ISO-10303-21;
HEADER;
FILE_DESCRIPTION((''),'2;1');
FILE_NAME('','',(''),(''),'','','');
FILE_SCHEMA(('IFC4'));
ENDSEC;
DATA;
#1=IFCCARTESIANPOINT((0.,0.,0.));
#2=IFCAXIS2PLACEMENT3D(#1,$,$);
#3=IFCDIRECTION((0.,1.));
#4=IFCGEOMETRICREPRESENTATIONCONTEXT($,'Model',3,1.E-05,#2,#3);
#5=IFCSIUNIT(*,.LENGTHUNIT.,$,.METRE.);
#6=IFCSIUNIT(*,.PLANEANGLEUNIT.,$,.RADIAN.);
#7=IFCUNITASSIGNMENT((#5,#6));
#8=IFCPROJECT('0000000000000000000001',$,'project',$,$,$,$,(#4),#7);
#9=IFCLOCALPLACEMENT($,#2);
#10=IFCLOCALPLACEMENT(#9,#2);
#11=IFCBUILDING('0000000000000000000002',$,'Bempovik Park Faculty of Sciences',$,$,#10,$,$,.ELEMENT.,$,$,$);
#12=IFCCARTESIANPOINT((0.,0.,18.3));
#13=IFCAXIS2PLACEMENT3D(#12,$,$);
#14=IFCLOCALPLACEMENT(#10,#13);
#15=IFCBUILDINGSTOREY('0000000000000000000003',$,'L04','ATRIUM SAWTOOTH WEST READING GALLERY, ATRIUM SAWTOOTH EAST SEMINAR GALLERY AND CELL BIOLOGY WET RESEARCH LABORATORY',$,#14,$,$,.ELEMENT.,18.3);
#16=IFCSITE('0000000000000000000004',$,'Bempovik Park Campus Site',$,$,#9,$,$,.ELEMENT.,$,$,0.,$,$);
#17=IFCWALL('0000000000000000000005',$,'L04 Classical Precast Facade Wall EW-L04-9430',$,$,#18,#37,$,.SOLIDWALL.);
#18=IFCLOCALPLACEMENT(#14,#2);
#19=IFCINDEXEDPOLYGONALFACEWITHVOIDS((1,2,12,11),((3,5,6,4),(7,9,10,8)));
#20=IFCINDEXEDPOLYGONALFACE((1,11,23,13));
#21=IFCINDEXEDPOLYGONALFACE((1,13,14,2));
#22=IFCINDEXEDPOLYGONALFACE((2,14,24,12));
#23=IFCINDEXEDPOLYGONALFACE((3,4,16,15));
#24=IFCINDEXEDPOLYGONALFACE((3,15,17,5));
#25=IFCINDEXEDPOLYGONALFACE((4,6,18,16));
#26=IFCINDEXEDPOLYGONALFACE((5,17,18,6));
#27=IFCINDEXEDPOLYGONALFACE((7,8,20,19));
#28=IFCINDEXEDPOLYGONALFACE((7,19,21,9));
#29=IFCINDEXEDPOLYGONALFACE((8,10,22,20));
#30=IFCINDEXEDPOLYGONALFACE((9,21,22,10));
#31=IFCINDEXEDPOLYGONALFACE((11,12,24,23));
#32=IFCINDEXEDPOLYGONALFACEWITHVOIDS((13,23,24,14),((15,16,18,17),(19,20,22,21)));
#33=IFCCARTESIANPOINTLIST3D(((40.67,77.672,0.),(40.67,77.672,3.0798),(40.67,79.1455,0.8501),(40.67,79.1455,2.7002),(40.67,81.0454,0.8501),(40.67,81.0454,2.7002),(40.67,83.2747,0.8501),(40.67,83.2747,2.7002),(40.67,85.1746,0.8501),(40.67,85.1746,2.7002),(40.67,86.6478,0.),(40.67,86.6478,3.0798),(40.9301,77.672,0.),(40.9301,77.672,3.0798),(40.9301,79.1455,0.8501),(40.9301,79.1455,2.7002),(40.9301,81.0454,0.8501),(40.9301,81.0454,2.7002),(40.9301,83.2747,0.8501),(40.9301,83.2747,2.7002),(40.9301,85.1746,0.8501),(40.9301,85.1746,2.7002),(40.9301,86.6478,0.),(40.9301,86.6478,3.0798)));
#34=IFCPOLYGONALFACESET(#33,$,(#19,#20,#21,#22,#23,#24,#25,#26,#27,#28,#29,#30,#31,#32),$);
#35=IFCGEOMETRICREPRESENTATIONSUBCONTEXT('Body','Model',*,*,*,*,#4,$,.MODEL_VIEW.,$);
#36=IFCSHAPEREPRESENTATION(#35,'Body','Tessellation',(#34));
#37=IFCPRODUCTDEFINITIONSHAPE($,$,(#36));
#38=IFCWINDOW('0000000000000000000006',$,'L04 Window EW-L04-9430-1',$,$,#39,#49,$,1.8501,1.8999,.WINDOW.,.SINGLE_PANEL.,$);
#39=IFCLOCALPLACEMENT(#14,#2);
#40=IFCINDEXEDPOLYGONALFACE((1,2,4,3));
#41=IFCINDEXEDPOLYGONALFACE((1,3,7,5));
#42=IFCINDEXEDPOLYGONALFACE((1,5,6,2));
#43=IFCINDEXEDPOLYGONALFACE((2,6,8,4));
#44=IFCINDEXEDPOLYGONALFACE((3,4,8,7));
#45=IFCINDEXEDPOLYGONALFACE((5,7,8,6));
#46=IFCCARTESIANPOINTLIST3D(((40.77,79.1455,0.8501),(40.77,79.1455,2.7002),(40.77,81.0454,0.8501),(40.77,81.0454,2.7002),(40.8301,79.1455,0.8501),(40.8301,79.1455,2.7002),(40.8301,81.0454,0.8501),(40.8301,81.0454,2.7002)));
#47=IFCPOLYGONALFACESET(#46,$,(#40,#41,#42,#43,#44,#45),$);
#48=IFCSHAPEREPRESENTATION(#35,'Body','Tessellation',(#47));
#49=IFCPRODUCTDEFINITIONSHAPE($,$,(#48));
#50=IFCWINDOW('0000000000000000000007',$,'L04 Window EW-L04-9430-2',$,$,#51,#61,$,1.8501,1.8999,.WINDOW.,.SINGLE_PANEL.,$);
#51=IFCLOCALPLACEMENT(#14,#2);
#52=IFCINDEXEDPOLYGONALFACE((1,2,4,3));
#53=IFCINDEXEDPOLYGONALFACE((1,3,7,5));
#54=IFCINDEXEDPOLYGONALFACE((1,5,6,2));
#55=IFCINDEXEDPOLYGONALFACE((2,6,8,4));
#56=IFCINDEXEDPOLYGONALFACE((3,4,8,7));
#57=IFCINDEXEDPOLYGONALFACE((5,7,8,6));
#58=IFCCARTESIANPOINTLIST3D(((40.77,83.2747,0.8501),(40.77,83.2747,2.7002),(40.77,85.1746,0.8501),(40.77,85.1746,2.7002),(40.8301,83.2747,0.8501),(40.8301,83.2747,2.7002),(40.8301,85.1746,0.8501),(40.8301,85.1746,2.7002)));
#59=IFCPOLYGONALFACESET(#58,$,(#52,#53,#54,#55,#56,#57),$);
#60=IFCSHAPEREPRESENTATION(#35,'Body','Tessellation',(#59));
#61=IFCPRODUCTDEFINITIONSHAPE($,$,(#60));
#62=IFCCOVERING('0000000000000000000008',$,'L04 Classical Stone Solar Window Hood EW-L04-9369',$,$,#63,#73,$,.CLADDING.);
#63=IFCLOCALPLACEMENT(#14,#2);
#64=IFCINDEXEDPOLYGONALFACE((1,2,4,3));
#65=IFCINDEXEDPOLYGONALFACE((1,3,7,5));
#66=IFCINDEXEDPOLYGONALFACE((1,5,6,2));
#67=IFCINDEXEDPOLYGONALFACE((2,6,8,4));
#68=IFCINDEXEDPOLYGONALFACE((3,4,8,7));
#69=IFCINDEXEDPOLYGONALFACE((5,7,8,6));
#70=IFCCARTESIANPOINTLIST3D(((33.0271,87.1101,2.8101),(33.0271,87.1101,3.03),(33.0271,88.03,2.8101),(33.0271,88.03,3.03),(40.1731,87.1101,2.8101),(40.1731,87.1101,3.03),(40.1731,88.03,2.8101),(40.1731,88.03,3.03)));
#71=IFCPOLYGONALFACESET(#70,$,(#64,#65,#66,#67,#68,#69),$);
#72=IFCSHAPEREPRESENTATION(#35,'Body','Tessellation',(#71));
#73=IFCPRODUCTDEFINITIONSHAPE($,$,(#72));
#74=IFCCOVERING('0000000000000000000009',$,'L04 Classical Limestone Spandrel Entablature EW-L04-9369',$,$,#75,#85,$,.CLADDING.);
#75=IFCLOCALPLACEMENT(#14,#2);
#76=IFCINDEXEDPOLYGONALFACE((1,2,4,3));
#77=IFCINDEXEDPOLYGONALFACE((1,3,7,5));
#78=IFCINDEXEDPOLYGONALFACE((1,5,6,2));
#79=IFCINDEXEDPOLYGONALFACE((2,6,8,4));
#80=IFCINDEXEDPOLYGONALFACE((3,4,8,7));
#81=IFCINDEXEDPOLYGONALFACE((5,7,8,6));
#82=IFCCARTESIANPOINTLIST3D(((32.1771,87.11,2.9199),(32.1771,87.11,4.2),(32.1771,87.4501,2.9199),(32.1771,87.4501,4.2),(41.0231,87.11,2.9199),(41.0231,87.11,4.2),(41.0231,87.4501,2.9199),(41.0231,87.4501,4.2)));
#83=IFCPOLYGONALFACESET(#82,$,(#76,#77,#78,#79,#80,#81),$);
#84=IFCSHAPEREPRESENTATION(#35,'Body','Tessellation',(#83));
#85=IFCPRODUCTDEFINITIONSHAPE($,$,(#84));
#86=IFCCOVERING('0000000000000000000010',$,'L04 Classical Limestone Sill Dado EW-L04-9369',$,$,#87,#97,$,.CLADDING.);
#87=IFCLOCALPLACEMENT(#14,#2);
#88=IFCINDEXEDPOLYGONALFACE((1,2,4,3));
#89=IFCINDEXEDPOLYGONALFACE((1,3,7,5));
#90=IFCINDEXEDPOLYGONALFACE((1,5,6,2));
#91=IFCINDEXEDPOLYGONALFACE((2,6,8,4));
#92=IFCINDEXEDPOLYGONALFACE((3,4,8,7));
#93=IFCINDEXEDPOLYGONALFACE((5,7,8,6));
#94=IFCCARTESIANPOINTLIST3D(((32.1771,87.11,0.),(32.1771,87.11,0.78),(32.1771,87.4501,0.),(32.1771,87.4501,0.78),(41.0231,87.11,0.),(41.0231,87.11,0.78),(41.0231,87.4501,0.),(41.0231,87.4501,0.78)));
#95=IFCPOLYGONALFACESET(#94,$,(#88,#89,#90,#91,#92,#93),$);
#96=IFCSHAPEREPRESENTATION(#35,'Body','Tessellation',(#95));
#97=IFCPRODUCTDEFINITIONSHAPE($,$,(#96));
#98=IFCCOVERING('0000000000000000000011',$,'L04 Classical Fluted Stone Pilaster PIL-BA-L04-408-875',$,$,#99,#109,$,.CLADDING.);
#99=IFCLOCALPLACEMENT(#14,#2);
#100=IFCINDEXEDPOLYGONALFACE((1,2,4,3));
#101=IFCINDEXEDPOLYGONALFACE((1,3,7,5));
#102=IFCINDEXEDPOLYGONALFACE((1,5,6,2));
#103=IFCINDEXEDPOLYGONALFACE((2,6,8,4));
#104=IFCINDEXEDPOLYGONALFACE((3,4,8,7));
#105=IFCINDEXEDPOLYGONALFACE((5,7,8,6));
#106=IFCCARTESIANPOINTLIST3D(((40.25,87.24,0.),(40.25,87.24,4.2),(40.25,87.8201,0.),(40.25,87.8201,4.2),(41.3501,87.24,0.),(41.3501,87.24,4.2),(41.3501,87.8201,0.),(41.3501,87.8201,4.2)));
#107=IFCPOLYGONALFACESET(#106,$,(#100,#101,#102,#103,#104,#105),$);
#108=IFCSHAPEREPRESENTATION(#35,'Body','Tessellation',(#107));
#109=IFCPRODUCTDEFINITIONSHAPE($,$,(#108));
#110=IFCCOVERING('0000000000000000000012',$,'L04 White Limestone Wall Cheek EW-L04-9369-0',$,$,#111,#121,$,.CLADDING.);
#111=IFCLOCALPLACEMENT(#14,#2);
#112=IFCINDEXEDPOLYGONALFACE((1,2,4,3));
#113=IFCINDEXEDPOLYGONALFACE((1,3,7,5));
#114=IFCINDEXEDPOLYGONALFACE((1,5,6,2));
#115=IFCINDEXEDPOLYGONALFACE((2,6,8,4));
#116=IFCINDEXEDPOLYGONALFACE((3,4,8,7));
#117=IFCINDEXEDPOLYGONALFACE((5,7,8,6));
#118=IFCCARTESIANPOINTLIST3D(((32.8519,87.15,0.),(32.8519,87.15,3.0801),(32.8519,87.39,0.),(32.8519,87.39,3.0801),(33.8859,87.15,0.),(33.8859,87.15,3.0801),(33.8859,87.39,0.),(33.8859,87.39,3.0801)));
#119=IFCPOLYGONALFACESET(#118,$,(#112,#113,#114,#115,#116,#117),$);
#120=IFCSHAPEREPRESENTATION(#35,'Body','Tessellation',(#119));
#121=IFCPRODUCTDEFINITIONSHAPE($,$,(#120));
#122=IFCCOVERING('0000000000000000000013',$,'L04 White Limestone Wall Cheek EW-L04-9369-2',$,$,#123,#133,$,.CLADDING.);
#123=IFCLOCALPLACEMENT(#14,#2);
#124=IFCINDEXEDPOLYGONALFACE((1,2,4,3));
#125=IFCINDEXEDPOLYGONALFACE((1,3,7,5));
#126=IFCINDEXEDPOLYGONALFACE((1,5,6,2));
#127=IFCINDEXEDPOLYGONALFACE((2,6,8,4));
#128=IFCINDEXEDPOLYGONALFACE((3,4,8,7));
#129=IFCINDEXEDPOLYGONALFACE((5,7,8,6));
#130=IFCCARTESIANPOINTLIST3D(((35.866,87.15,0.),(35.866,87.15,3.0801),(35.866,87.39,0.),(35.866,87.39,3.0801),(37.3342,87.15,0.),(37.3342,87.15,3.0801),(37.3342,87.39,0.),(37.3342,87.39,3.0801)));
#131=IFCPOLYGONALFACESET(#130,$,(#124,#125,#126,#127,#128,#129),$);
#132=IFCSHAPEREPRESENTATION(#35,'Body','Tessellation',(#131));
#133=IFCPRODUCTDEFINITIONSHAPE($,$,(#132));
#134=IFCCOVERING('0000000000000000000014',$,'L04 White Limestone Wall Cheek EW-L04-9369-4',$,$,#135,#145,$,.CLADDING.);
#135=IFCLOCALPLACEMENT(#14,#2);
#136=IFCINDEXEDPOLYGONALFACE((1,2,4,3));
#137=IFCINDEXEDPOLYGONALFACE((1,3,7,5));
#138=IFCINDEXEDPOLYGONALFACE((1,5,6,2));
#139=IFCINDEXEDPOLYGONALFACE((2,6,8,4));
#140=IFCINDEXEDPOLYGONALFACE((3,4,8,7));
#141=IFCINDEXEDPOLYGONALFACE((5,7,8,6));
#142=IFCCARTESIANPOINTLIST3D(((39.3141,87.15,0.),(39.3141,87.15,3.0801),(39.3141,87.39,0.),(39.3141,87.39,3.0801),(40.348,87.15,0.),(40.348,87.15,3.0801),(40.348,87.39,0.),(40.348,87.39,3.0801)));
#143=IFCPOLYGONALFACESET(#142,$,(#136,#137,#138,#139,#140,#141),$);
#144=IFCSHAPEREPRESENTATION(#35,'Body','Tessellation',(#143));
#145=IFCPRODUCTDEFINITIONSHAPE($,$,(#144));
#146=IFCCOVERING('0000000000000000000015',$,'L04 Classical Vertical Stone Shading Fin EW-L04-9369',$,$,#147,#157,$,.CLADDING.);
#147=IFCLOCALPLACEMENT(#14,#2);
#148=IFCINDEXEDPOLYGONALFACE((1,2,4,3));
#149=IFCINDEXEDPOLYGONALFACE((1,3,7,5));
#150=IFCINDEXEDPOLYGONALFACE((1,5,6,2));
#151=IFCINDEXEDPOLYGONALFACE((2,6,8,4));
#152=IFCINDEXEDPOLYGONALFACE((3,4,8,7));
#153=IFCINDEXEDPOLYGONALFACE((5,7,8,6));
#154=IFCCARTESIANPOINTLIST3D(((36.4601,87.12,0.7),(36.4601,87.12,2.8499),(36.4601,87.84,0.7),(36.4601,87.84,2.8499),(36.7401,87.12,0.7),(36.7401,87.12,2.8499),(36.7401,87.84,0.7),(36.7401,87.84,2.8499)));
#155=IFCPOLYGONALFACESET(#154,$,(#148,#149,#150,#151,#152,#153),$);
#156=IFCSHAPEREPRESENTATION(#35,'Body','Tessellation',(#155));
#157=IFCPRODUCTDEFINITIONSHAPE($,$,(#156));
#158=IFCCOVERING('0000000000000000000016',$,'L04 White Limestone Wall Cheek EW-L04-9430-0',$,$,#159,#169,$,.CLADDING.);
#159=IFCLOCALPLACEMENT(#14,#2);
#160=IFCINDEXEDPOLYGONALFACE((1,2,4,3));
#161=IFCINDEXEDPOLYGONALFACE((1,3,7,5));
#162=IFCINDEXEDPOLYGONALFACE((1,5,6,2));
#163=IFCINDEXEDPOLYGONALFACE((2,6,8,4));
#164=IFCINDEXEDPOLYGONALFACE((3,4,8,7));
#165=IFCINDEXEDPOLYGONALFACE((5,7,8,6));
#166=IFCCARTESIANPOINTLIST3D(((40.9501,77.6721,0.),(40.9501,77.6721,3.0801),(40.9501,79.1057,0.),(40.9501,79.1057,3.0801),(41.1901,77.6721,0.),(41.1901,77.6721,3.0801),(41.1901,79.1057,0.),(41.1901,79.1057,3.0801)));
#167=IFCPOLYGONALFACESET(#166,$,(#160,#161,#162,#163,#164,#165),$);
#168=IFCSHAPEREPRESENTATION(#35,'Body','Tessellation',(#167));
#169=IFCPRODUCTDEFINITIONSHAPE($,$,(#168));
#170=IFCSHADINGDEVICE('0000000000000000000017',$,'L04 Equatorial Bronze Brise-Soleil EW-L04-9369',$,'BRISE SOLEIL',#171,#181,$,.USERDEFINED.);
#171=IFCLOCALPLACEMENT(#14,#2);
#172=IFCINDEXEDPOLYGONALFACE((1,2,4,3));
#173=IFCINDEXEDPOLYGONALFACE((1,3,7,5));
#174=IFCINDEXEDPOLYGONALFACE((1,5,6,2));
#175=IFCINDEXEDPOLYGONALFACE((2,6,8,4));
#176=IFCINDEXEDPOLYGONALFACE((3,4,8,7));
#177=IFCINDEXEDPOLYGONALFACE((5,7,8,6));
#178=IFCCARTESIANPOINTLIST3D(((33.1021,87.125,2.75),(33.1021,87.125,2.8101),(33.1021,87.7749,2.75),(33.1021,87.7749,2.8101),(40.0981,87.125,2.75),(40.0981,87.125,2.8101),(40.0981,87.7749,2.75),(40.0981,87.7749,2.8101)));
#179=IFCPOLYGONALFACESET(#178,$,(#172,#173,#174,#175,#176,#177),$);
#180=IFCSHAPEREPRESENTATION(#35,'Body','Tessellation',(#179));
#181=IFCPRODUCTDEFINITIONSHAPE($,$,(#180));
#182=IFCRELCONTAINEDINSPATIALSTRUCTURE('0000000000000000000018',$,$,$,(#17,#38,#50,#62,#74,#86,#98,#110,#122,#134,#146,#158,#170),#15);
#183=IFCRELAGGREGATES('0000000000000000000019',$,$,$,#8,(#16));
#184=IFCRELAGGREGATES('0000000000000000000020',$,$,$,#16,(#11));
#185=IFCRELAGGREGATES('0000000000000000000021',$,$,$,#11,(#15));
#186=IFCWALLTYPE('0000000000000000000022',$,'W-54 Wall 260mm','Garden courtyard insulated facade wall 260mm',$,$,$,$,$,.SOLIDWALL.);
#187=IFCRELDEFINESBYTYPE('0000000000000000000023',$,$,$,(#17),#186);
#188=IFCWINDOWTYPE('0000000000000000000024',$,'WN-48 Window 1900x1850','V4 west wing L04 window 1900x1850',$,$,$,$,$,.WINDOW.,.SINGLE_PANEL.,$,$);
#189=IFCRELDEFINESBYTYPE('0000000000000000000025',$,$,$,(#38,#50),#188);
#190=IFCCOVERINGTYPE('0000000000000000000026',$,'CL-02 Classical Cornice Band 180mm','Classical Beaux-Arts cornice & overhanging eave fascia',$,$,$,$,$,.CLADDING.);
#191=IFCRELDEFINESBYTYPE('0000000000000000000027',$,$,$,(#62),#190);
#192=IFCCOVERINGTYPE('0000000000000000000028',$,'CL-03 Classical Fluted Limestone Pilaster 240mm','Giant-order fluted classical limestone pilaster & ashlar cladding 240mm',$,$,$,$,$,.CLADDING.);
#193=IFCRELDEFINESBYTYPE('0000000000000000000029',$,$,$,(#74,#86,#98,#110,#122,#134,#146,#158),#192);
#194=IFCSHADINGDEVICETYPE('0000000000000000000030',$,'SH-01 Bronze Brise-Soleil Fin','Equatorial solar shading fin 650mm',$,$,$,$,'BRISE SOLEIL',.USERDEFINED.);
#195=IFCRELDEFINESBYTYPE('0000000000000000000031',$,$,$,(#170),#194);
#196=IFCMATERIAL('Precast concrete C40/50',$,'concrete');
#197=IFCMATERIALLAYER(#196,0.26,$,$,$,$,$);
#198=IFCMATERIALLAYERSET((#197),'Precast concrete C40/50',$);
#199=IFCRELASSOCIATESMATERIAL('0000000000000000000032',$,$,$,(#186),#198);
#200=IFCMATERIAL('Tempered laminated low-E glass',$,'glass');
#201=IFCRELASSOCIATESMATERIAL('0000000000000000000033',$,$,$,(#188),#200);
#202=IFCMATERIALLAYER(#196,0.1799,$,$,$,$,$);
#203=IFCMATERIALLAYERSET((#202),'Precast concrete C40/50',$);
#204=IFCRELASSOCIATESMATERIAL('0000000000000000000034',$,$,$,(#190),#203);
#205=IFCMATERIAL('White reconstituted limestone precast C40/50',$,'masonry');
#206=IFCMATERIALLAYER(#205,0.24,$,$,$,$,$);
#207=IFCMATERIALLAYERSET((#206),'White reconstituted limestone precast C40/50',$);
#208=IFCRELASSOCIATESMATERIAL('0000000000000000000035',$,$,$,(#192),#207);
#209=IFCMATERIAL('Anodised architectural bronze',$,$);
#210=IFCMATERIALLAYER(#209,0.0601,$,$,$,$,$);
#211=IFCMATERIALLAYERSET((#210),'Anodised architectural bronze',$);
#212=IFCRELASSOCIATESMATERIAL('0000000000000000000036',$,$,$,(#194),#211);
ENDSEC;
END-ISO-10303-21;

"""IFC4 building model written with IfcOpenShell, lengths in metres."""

from ifc_helpers import new_model, si_unit, direction, frame, frame_2d, origin, origin_2d, place, context, subcontext, project, spatial, rectangle, extrude, material, layer, layer_set, type_object, element, fill, save


model = new_model("IFC4")

# Units and contexts
model_context = context("Model", 3, precision=1e-05, world=origin(), true_north=direction((0.0, 1.0)))
body_context = subcontext(model_context, "Body", "Model", "MODEL_VIEW")
ifc_project = project(units=[si_unit("LENGTHUNIT", "METRE"), si_unit("PLANEANGLEUNIT", "RADIAN")], contexts=[model_context])

# Site, building, storey
site_placement = place(None, origin())
site = spatial("IfcSite", under=ifc_project, at=site_placement, Name="Bempovik Park Campus Site", CompositionType="ELEMENT", RefElevation=0.0)
building_placement = place(site_placement, origin())
building = spatial("IfcBuilding", under=site, at=building_placement, Name="Bempovik Park Faculty of Sciences", CompositionType="ELEMENT")
storey_placement = place(building_placement, frame((0.0, 0.0, 18.3)))
storey = spatial("IfcBuildingStorey", under=building, at=storey_placement, Name="L04", Description="ATRIUM SAWTOOTH WEST READING GALLERY, ATRIUM SAWTOOTH EAST SEMINAR GALLERY AND CELL BIOLOGY WET RESEARCH LABORATORY", CompositionType="ELEMENT", Elevation=18.3)

# Shared definitions
ifc_material_1 = material(Name="Tempered laminated low-E glass", Category="glass")

# Wall, openings, windows
ifc_material_2 = material(Name="Precast concrete C40/50", Category="concrete")
ifc_layer_1 = layer(ifc_material_2, 0.26)
ifc_layer_set_1 = layer_set([ifc_layer_1], Name="Precast concrete C40/50")
wall_type = type_object("IfcWallType", Name="W-54 Wall 260mm", Description="Garden courtyard insulated facade wall 260mm", PredefinedType="SOLIDWALL", material=ifc_layer_set_1)
window_type = type_object("IfcWindowType", Name="WN-48 Window 1900x1850", Description="V4 west wing L04 window 1900x1850", PartitioningType="SINGLE_PANEL", PredefinedType="WINDOW", material=ifc_material_1)
wall_1_placement = place(storey_placement, frame((40.8, 77.6721, 0.0), z_axis=(0.0, 0.0, 1.0), x_axis=(0.0, 1.0, 0.0)))
wall_1 = element("IfcWall", 1, at=wall_1_placement, inside=storey, type_object=wall_type, Name="L04 Classical Precast Facade Wall EW-L04-9430", PredefinedType="SOLIDWALL", context=body_context, shape_type="SweptSolid", body=[
    extrude(rectangle(XDim=8.9758, YDim=0.26, at=frame_2d((4.4878, 0.0))), origin(), (0.0, 0.0, 1.0), 3.0798),
])
opening_1_placement = place(wall_1_placement, frame((1.4734, 0.0, 0.8501)))
opening_1 = element("IfcOpeningElement", 2, at=opening_1_placement, cuts=wall_1, PredefinedType="OPENING", context=body_context, shape_type="SweptSolid", body=[
    extrude(rectangle(XDim=1.8999, YDim=1.8501, at=frame_2d((0.95, 0.925))), frame((0.0, 0.1401, 0.0), z_axis=(0.0, -1.0, 0.0), x_axis=(1.0, 0.0, 0.0)), (0.0, 0.0, 1.0), 0.28),
])
opening_2_placement = place(wall_1_placement, frame((5.6025, 0.0, 0.8501)))
opening_2 = element("IfcOpeningElement", 3, at=opening_2_placement, cuts=wall_1, PredefinedType="OPENING", context=body_context, shape_type="SweptSolid", body=[
    extrude(rectangle(XDim=1.8999, YDim=1.8501, at=frame_2d((0.95, 0.925))), frame((0.0, 0.1401, 0.0), z_axis=(0.0, -1.0, 0.0), x_axis=(1.0, 0.0, 0.0)), (0.0, 0.0, 1.0), 0.28),
])
window_1_placement = place(opening_1_placement, origin())
window_1 = element("IfcWindow", 4, at=window_1_placement, inside=storey, type_object=window_type, Name="L04 Window EW-L04-9430-1", OverallHeight=1.8501, OverallWidth=1.8999, PartitioningType="SINGLE_PANEL", PredefinedType="WINDOW", context=body_context, shape_type="SweptSolid", body=[
    extrude(rectangle(XDim=1.8999, YDim=1.8501, at=frame_2d((0.95, 0.925))), frame((0.0, 0.03, 0.0), z_axis=(0.0, -1.0, 0.0), x_axis=(1.0, 0.0, 0.0)), (0.0, 0.0, 1.0), 0.0601),
])
fill(opening_1, window_1)
window_2_placement = place(opening_2_placement, origin())
window_2 = element("IfcWindow", 5, at=window_2_placement, inside=storey, type_object=window_type, Name="L04 Window EW-L04-9430-2", OverallHeight=1.8501, OverallWidth=1.8999, PartitioningType="SINGLE_PANEL", PredefinedType="WINDOW", context=body_context, shape_type="SweptSolid", body=[
    extrude(rectangle(XDim=1.8999, YDim=1.8501, at=frame_2d((0.95, 0.925))), frame((0.0, 0.03, 0.0), z_axis=(0.0, -1.0, 0.0), x_axis=(1.0, 0.0, 0.0)), (0.0, 0.0, 1.0), 0.0601),
])
fill(opening_2, window_2)

# Coverings
ifc_layer_2 = layer(ifc_material_2, 0.1799)
ifc_layer_set_2 = layer_set([ifc_layer_2], Name="Precast concrete C40/50")
covering_type_1 = type_object("IfcCoveringType", Name="CL-02 Classical Cornice Band 180mm", Description="Classical Beaux-Arts cornice & overhanging eave fascia", PredefinedType="CLADDING", material=ifc_layer_set_2)
covering_1_placement = place(storey_placement, frame((36.6001, 87.5701, 2.8101), z_axis=(0.0, 0.0, 1.0), x_axis=(1.0, 0.0, 0.0)))
element("IfcCovering", 6, at=covering_1_placement, inside=storey, type_object=covering_type_1, Name="L04 Classical Stone Solar Window Hood EW-L04-9369", PredefinedType="CLADDING", context=body_context, shape_type="SweptSolid", body=[
    extrude(rectangle(XDim=7.146, YDim=0.9199, at=origin_2d()), origin(), (0.0, 0.0, 1.0), 0.22),
])
ifc_material_3 = material(Name="White reconstituted limestone precast C40/50", Category="masonry")
ifc_layer_3 = layer(ifc_material_3, 0.24)
ifc_layer_set_3 = layer_set([ifc_layer_3], Name="White reconstituted limestone precast C40/50")
covering_type_2 = type_object("IfcCoveringType", Name="CL-03 Classical Fluted Limestone Pilaster 240mm", Description="Giant-order fluted classical limestone pilaster & ashlar cladding 240mm", PredefinedType="CLADDING", material=ifc_layer_set_3)
covering_2_placement = place(storey_placement, frame((36.6001, 87.28, 2.9199), z_axis=(0.0, 0.0, 1.0), x_axis=(1.0, 0.0, 0.0)))
element("IfcCovering", 7, at=covering_2_placement, inside=storey, type_object=covering_type_2, Name="L04 Classical Limestone Spandrel Entablature EW-L04-9369", PredefinedType="CLADDING", context=body_context, shape_type="SweptSolid", body=[
    extrude(rectangle(XDim=8.8459, YDim=0.3401, at=origin_2d()), origin(), (0.0, 0.0, 1.0), 1.28),
])
covering_3_placement = place(storey_placement, frame((36.6001, 87.28, 0.0), z_axis=(0.0, 0.0, 1.0), x_axis=(1.0, 0.0, 0.0)))
element("IfcCovering", 8, at=covering_3_placement, inside=storey, type_object=covering_type_2, Name="L04 Classical Limestone Sill Dado EW-L04-9369", PredefinedType="CLADDING", context=body_context, shape_type="SweptSolid", body=[
    extrude(rectangle(XDim=8.8459, YDim=0.3401, at=origin_2d()), origin(), (0.0, 0.0, 1.0), 0.78),
])
covering_4_placement = place(storey_placement, frame((40.8, 87.53, 0.0), z_axis=(0.0, 0.0, 1.0), x_axis=(1.0, 0.0, 0.0)))
element("IfcCovering", 9, at=covering_4_placement, inside=storey, type_object=covering_type_2, Name="L04 Classical Fluted Stone Pilaster PIL-BA-L04-408-875", PredefinedType="CLADDING", context=body_context, shape_type="SweptSolid", body=[
    extrude(rectangle(XDim=1.1001, YDim=0.5801, at=origin_2d()), origin(), (0.0, 0.0, 1.0), 4.2),
])
covering_5_placement = place(storey_placement, frame((33.3689, 87.27, 0.0), z_axis=(0.0, 0.0, 1.0), x_axis=(1.0, 0.0, 0.0)))
element("IfcCovering", 10, at=covering_5_placement, inside=storey, type_object=covering_type_2, Name="L04 White Limestone Wall Cheek EW-L04-9369-0", PredefinedType="CLADDING", context=body_context, shape_type="SweptSolid", body=[
    extrude(rectangle(XDim=1.0339, YDim=0.24, at=origin_2d()), origin(), (0.0, 0.0, 1.0), 3.0801),
])
covering_6_placement = place(storey_placement, frame((36.6001, 87.27, 0.0), z_axis=(0.0, 0.0, 1.0), x_axis=(1.0, 0.0, 0.0)))
element("IfcCovering", 11, at=covering_6_placement, inside=storey, type_object=covering_type_2, Name="L04 White Limestone Wall Cheek EW-L04-9369-2", PredefinedType="CLADDING", context=body_context, shape_type="SweptSolid", body=[
    extrude(rectangle(XDim=1.4683, YDim=0.24, at=origin_2d()), origin(), (0.0, 0.0, 1.0), 3.0801),
])
covering_7_placement = place(storey_placement, frame((39.8311, 87.27, 0.0), z_axis=(0.0, 0.0, 1.0), x_axis=(1.0, 0.0, 0.0)))
element("IfcCovering", 12, at=covering_7_placement, inside=storey, type_object=covering_type_2, Name="L04 White Limestone Wall Cheek EW-L04-9369-4", PredefinedType="CLADDING", context=body_context, shape_type="SweptSolid", body=[
    extrude(rectangle(XDim=1.0339, YDim=0.24, at=origin_2d()), origin(), (0.0, 0.0, 1.0), 3.0801),
])
covering_8_placement = place(storey_placement, frame((36.6001, 87.48, 0.7), z_axis=(0.0, 0.0, 1.0), x_axis=(1.0, 0.0, 0.0)))
element("IfcCovering", 13, at=covering_8_placement, inside=storey, type_object=covering_type_2, Name="L04 Classical Vertical Stone Shading Fin EW-L04-9369", PredefinedType="CLADDING", context=body_context, shape_type="SweptSolid", body=[
    extrude(rectangle(XDim=0.28, YDim=0.72, at=origin_2d()), origin(), (0.0, 0.0, 1.0), 2.1499),
])
covering_9_placement = place(storey_placement, frame((41.0701, 78.3889, 0.0), z_axis=(0.0, 0.0, 1.0), x_axis=(1.0, 0.0, 0.0)))
element("IfcCovering", 14, at=covering_9_placement, inside=storey, type_object=covering_type_2, Name="L04 White Limestone Wall Cheek EW-L04-9430-0", PredefinedType="CLADDING", context=body_context, shape_type="SweptSolid", body=[
    extrude(rectangle(XDim=0.24, YDim=1.4336, at=origin_2d()), origin(), (0.0, 0.0, 1.0), 3.0801),
])

# Shading device
ifc_material_4 = material(Name="Anodised architectural bronze")
ifc_layer_4 = layer(ifc_material_4, 0.0601)
ifc_layer_set_4 = layer_set([ifc_layer_4], Name="Anodised architectural bronze")
shading_device_type = type_object("IfcShadingDeviceType", Name="SH-01 Bronze Brise-Soleil Fin", Description="Equatorial solar shading fin 650mm", ElementType="BRISE SOLEIL", PredefinedType="USERDEFINED", material=ifc_layer_set_4)
shading_device_placement = place(storey_placement, frame((36.6001, 87.45, 2.75), z_axis=(0.0, 0.0, 1.0), x_axis=(1.0, 0.0, 0.0)))
element("IfcShadingDevice", 15, at=shading_device_placement, inside=storey, type_object=shading_device_type, Name="L04 Equatorial Bronze Brise-Soleil EW-L04-9369", ObjectType="BRISE SOLEIL", PredefinedType="USERDEFINED", context=body_context, shape_type="SweptSolid", body=[
    extrude(rectangle(XDim=6.9961, YDim=0.6499, at=origin_2d()), origin(), (0.0, 0.0, 1.0), 0.0601),
])

save(model, "model.ifc")
